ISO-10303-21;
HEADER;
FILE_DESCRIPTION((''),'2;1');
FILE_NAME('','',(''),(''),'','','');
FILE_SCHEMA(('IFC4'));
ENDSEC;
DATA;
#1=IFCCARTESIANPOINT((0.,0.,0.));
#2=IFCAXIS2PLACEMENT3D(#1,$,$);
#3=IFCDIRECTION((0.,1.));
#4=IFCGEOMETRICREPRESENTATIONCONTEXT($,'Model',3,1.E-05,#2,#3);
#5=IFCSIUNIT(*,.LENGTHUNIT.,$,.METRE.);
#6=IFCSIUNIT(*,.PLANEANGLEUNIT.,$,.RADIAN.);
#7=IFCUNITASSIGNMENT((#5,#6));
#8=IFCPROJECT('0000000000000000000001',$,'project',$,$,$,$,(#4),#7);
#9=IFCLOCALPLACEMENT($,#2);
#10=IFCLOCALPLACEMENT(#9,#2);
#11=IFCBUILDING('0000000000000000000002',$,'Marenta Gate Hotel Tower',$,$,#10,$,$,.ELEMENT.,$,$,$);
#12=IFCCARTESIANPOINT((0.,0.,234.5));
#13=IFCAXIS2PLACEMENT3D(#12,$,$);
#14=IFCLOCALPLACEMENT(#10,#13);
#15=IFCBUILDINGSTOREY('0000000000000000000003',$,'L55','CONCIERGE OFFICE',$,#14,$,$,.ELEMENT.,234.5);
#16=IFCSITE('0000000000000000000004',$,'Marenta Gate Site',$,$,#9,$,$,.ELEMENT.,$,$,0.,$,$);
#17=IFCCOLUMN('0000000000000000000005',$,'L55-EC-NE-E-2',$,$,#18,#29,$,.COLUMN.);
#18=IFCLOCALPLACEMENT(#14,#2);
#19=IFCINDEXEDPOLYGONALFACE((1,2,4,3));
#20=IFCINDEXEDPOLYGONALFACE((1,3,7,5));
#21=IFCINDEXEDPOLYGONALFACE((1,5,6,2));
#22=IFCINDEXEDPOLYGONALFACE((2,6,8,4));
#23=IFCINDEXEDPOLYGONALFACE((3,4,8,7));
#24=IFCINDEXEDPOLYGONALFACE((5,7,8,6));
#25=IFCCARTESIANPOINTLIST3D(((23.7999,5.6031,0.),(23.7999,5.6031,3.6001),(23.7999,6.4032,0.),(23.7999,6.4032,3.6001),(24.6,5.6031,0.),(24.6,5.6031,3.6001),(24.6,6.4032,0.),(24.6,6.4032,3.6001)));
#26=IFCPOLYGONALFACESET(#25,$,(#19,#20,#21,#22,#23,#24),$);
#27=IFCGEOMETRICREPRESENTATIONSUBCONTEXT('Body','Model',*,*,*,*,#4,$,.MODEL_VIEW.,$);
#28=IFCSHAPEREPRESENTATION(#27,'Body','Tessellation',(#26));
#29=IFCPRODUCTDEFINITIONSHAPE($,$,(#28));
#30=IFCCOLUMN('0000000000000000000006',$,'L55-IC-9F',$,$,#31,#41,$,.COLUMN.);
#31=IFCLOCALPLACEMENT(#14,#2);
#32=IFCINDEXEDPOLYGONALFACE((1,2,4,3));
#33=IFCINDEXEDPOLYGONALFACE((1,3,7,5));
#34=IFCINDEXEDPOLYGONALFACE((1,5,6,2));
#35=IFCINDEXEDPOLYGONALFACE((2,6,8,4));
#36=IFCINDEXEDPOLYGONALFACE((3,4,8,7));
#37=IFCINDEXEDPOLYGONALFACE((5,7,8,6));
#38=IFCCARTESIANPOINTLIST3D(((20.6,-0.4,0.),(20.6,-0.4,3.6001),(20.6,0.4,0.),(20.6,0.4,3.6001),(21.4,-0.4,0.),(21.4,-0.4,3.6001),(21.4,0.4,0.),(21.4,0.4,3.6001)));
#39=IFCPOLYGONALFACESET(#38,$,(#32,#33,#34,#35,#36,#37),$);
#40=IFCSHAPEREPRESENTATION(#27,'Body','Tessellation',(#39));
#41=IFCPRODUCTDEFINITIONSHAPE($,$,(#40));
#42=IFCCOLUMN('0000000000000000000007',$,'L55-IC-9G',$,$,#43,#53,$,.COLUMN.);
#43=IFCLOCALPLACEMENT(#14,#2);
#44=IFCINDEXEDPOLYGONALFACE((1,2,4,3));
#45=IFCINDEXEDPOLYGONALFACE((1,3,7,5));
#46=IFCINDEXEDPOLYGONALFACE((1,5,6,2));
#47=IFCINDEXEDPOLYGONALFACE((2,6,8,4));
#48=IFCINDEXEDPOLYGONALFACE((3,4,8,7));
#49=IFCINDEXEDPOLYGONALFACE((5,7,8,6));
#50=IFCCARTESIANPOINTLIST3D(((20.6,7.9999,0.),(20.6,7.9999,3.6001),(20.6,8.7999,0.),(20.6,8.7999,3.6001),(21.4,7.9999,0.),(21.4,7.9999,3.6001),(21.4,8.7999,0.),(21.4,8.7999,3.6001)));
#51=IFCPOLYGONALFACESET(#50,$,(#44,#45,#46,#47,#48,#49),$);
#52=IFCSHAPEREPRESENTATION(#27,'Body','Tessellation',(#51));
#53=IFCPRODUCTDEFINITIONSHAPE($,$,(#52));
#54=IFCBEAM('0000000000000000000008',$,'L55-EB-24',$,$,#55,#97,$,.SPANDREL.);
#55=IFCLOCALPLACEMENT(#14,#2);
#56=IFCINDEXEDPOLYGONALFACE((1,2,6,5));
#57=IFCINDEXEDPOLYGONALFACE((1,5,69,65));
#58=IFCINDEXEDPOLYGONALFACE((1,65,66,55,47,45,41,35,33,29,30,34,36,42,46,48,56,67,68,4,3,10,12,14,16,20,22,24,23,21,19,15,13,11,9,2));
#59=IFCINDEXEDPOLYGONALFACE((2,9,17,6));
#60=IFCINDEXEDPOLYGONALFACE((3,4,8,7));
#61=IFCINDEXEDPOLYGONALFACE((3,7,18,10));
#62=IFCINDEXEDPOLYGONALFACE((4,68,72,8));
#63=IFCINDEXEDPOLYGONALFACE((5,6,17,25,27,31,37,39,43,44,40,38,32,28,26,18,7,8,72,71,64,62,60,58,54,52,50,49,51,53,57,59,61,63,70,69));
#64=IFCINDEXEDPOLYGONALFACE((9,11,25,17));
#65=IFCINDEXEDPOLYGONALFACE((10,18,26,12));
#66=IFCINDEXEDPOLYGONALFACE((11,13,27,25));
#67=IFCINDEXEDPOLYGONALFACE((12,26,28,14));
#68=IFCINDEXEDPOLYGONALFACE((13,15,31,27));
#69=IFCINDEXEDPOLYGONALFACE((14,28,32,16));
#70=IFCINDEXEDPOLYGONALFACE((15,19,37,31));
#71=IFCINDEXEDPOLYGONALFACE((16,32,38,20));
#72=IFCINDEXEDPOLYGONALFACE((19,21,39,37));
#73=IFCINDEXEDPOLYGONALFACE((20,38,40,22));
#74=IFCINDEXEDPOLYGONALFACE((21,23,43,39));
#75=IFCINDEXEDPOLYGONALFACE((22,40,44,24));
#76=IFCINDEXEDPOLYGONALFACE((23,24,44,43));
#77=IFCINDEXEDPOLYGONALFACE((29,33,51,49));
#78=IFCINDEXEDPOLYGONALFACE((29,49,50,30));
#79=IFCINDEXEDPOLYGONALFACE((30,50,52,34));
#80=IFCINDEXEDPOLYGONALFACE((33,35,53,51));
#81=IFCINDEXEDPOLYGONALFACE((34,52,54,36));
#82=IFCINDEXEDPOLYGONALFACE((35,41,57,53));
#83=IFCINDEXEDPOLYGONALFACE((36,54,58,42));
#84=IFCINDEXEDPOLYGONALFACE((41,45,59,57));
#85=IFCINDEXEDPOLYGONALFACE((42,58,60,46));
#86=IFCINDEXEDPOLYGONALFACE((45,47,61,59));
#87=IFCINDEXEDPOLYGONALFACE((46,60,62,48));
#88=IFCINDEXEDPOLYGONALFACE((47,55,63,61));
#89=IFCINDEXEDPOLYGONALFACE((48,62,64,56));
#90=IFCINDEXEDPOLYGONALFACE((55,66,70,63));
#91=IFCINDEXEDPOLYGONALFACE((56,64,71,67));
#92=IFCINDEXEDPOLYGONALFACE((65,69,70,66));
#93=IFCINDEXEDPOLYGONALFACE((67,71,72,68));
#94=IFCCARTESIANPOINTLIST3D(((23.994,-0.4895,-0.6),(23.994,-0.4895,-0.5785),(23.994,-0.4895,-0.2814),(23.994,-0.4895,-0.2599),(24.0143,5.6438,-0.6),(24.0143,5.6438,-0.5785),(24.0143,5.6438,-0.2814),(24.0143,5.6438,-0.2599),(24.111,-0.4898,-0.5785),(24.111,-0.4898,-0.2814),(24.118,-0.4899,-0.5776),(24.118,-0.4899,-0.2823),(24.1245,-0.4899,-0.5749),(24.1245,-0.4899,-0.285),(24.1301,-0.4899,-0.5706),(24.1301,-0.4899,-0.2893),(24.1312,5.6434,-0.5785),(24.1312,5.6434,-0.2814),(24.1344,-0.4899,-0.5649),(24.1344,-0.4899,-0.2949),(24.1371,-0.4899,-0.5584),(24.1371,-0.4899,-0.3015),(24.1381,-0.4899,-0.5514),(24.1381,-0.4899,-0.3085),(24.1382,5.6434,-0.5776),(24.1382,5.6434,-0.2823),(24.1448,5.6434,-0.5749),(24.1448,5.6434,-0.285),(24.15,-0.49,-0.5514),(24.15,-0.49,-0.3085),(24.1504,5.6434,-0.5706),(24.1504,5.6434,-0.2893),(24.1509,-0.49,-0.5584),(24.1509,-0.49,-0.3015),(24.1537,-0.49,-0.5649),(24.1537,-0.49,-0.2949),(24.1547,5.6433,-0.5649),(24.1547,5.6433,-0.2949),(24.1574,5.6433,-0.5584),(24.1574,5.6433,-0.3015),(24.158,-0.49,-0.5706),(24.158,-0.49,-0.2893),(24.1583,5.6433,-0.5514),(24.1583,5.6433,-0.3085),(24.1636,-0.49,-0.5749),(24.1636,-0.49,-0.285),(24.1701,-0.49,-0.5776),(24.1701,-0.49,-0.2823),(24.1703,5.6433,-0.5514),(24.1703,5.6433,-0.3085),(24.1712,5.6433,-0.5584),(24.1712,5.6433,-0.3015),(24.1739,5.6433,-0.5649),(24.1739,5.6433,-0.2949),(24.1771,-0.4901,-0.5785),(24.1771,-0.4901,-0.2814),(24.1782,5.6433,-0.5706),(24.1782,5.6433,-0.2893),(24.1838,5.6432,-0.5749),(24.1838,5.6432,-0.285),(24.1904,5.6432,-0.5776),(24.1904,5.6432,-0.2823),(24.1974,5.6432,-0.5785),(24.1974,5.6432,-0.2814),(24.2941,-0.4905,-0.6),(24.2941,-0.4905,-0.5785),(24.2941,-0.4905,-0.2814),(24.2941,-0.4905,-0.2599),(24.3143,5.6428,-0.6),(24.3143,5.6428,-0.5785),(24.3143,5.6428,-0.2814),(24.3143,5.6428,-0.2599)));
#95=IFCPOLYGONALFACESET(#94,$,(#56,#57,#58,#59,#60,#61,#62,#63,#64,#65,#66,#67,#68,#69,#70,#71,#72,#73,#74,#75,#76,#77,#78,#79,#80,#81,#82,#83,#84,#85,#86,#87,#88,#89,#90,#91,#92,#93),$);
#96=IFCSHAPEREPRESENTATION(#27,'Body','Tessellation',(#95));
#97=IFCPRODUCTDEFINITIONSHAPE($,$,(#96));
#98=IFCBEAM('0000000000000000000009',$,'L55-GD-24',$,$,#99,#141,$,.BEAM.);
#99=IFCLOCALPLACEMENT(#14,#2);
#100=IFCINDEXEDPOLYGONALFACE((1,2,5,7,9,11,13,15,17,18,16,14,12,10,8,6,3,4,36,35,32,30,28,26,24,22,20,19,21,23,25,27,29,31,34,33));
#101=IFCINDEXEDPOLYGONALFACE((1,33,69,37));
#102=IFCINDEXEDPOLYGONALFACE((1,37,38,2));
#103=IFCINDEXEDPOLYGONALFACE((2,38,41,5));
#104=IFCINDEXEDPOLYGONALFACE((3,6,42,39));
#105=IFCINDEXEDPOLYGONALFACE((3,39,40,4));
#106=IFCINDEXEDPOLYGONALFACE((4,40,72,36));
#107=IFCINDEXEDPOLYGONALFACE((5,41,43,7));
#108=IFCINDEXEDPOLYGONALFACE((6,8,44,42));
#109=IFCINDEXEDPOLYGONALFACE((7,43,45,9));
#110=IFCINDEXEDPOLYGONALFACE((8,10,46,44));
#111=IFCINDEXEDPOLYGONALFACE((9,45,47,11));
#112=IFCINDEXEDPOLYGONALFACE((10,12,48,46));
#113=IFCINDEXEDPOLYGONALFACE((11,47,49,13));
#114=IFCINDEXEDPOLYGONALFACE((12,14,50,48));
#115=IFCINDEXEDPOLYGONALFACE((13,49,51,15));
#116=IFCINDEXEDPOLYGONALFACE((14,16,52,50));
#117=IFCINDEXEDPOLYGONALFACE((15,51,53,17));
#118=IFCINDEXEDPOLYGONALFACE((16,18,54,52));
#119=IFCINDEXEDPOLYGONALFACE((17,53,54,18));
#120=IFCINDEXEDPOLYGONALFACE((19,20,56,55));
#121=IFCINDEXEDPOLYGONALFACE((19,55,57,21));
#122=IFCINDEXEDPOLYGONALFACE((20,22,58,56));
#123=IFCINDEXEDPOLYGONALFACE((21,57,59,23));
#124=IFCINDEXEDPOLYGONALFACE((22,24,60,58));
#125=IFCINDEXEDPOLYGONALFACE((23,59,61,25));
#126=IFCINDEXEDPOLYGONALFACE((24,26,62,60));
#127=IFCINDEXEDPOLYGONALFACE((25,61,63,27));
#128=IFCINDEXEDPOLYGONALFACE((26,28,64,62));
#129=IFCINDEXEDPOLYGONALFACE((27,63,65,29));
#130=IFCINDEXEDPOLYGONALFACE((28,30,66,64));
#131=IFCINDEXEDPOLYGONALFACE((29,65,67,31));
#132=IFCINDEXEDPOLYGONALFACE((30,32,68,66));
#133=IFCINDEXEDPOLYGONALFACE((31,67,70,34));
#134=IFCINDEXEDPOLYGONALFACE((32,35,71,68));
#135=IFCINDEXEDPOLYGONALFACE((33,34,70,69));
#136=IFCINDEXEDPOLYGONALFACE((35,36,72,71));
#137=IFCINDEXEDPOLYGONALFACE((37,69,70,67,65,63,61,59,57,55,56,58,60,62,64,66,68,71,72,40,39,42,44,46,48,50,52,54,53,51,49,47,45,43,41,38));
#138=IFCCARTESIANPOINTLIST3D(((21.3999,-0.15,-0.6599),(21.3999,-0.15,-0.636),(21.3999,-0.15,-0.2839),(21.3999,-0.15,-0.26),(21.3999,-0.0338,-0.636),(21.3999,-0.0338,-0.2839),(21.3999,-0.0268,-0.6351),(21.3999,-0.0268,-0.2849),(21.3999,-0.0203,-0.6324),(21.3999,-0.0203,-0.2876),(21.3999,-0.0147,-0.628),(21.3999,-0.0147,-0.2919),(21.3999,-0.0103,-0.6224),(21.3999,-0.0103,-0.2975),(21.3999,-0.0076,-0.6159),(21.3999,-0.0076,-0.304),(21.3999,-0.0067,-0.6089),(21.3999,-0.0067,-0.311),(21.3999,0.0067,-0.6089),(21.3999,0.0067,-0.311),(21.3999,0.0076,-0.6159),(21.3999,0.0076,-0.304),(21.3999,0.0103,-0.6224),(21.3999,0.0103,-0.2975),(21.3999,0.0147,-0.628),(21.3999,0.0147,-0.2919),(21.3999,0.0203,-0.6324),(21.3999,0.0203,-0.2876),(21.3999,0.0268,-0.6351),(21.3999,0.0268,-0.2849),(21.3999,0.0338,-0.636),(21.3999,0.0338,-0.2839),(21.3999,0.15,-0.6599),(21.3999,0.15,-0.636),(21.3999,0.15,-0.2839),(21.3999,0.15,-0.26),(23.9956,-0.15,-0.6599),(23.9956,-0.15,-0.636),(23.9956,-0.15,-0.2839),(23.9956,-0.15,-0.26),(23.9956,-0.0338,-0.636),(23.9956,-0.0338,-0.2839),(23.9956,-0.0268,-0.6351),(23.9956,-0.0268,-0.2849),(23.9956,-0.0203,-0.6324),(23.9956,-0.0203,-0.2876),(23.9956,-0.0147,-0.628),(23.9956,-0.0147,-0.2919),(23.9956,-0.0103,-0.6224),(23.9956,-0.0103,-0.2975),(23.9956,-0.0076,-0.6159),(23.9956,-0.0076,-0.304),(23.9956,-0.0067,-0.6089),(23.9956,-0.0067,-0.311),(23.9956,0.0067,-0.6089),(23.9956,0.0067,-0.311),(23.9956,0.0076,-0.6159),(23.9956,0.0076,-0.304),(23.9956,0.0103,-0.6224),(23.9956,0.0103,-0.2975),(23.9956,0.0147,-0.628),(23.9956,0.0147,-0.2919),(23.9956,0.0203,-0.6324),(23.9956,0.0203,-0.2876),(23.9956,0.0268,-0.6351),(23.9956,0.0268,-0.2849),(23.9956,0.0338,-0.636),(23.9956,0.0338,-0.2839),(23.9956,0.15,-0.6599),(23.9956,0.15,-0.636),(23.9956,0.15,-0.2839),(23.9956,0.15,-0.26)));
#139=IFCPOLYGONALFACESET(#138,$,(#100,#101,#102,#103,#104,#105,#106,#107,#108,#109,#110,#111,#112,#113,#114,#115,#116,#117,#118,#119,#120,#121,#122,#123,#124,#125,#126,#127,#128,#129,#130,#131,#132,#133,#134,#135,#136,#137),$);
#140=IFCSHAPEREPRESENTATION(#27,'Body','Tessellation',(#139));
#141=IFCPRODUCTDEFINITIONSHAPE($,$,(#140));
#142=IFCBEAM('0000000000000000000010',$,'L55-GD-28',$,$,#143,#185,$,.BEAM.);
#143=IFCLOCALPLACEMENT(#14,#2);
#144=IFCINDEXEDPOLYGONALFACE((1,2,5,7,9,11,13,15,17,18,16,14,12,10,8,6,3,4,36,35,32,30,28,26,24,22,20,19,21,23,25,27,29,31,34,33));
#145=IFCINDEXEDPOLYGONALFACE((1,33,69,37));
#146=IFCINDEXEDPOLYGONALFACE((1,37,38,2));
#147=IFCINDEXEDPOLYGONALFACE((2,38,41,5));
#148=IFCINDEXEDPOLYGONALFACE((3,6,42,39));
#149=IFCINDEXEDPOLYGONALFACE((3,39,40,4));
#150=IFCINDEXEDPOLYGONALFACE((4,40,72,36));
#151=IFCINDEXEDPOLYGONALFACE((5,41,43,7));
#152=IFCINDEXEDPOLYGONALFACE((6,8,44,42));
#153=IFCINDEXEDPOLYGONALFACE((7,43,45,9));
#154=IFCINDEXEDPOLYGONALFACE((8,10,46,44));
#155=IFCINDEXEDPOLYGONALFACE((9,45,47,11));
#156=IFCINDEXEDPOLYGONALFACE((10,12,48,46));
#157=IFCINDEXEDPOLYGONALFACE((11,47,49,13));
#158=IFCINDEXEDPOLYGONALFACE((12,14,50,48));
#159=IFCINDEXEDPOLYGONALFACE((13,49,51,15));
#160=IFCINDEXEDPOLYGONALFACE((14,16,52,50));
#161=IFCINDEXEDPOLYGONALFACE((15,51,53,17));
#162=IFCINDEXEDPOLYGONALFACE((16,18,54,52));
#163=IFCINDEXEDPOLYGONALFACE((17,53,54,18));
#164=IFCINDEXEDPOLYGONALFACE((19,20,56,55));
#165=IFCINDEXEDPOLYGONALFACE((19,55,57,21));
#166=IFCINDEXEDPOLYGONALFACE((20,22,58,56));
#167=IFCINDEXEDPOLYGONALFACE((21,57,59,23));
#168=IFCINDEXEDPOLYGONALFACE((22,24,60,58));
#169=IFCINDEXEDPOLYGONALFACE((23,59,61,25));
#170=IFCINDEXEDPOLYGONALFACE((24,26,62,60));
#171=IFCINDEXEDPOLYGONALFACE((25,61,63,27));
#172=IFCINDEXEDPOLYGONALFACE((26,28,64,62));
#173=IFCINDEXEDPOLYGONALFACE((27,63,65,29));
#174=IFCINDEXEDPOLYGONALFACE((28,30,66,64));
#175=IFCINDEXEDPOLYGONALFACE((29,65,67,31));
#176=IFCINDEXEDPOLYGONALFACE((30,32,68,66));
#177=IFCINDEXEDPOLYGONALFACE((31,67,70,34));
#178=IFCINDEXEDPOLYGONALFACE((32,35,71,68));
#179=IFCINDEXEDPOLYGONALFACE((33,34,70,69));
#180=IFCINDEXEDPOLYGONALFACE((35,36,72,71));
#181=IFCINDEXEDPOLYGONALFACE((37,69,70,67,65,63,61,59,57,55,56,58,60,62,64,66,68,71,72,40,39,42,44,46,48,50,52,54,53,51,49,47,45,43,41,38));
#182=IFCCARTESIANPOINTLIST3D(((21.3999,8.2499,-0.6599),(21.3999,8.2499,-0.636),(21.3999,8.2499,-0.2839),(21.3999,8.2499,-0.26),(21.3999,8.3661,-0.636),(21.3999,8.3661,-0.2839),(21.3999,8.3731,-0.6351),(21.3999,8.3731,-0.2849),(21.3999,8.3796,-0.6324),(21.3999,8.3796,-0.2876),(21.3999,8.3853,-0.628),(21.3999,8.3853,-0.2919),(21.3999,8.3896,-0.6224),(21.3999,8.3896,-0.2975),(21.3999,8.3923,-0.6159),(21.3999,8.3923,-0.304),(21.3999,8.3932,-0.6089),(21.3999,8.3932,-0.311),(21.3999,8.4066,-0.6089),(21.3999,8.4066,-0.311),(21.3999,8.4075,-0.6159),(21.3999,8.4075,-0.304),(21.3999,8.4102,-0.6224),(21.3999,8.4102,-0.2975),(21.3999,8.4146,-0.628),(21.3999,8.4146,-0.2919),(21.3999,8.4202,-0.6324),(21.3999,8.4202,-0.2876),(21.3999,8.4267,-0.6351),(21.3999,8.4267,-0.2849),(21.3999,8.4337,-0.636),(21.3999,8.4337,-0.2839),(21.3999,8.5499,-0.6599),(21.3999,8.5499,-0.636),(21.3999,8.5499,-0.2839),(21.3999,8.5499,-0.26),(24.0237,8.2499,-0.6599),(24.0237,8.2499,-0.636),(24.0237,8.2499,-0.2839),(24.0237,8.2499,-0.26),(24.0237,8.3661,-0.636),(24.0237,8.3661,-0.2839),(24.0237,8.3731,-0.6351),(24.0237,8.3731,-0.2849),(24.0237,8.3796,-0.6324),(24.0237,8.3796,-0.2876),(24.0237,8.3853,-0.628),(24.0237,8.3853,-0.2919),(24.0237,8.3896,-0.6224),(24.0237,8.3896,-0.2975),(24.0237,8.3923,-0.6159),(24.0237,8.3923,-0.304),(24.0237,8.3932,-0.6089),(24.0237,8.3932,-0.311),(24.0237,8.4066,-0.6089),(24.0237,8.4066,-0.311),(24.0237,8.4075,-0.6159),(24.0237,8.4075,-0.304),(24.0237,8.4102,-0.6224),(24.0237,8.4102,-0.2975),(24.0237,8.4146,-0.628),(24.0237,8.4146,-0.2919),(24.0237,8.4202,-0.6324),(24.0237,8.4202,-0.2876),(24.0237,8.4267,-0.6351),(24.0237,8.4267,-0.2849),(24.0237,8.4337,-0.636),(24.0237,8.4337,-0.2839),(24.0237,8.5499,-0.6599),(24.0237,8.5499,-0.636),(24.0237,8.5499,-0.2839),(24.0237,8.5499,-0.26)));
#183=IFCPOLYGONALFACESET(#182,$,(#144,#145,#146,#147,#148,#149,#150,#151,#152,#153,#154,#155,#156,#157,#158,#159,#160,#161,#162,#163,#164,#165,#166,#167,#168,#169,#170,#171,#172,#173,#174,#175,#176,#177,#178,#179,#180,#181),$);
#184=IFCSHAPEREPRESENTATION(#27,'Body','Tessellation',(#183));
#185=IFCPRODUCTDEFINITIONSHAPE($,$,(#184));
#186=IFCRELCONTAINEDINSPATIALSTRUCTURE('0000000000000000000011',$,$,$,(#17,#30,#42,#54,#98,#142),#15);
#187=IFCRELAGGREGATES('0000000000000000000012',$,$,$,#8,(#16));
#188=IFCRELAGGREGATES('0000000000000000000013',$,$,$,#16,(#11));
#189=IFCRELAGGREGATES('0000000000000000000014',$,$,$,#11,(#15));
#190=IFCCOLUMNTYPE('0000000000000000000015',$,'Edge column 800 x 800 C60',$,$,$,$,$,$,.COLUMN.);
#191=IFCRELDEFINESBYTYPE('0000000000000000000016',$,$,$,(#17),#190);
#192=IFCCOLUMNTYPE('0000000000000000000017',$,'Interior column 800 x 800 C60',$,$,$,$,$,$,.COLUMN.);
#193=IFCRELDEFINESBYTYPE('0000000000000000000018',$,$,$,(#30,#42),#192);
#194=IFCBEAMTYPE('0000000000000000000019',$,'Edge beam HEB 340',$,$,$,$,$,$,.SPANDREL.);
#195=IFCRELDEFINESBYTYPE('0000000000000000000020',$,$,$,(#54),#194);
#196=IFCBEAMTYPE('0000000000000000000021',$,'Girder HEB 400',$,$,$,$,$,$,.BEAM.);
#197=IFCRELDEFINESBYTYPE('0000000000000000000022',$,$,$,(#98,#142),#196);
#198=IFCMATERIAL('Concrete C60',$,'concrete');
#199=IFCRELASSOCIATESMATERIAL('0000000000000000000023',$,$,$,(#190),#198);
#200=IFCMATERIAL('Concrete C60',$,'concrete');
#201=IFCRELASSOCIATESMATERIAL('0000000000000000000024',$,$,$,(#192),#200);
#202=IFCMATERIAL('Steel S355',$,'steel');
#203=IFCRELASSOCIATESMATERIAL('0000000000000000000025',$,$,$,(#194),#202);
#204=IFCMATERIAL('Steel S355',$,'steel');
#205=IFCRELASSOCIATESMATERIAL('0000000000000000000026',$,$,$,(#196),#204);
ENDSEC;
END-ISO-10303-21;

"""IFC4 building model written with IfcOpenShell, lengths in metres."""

from ifc_helpers import new_model, si_unit, direction, frame, origin, origin_2d, place, context, subcontext, project, spatial, rectangle, i_section, extrude, material, material_profile, profile_set, type_object, element, save


model = new_model("IFC4")

# Units and contexts
model_context = context("Model", 3, precision=1e-05, world=origin(), true_north=direction((0.0, 1.0)))
body_context = subcontext(model_context, "Body", "Model", "MODEL_VIEW")
ifc_project = project(units=[si_unit("LENGTHUNIT", "METRE"), si_unit("PLANEANGLEUNIT", "RADIAN")], contexts=[model_context])

# Site, building, storey
site_placement = place(None, origin())
site = spatial("IfcSite", under=ifc_project, at=site_placement, Name="Marenta Gate Site", CompositionType="ELEMENT", RefElevation=0.0)
building_placement = place(site_placement, origin())
building = spatial("IfcBuilding", under=site, at=building_placement, Name="Marenta Gate Hotel Tower", CompositionType="ELEMENT")
storey_placement = place(building_placement, frame((0.0, 0.0, 234.5)))
storey = spatial("IfcBuildingStorey", under=building, at=storey_placement, Name="L55", Description="CONCIERGE OFFICE", CompositionType="ELEMENT", Elevation=234.5)

# Columns
ifc_material_1 = material(Name="Concrete C60", Category="concrete")
ifc_material_profile_1 = material_profile(ifc_material_1, rectangle(XDim=0.8, YDim=0.8, at=origin_2d()), Name="800 x 800")
ifc_profile_set_1 = profile_set([ifc_material_profile_1], Name="Concrete C60")
column_type_1 = type_object("IfcColumnType", Name="Edge column 800 x 800 C60", PredefinedType="COLUMN", material=ifc_profile_set_1)
column_placement = place(storey_placement, frame((24.2, 6.0032, 0.0), z_axis=(0.0, 0.0, 1.0), x_axis=(1.0, 0.0, 0.0)))
element("IfcColumn", 1, at=column_placement, inside=storey, type_object=column_type_1, Name="L55-EC-NE-E-2", PredefinedType="COLUMN", context=body_context, shape_type="SweptSolid", body=[
    extrude(rectangle(XDim=0.8, YDim=0.8, at=origin_2d()), origin(), (0.0, 0.0, 1.0), 3.6001),
])
ifc_material_2 = material(Name="Concrete C60", Category="concrete")
ifc_material_profile_2 = material_profile(ifc_material_2, rectangle(XDim=0.8, YDim=0.8, at=origin_2d()), Name="800 x 800")
ifc_profile_set_2 = profile_set([ifc_material_profile_2], Name="Concrete C60")
column_type_2 = type_object("IfcColumnType", Name="Interior column 800 x 800 C60", PredefinedType="COLUMN", material=ifc_profile_set_2)
for number, where, z_axis, x_axis, name in (
    (2, (21.0, 0.0, 0.0), (0.0, 0.0, 1.0), (1.0, 0.0, 0.0), "L55-IC-9F"),
    (3, (21.0, 8.3999, 0.0), (0.0, 0.0, 1.0), (1.0, 0.0, 0.0), "L55-IC-9G"),
):
    element("IfcColumn", number, at=place(storey_placement, frame(where, z_axis=z_axis, x_axis=x_axis)), inside=storey, type_object=column_type_2, Name=name, PredefinedType="COLUMN", context=body_context, shape_type="SweptSolid", body=[
        extrude(rectangle(XDim=0.8, YDim=0.8, at=origin_2d()), origin(), (0.0, 0.0, 1.0), 3.6001),
    ])

# Beams
ifc_material_3 = material(Name="Steel S355", Category="steel")
ifc_material_profile_3 = material_profile(ifc_material_3, i_section(OverallWidth=0.3, OverallDepth=0.3401, WebThickness=0.012, FlangeThickness=0.0215, FilletRadius=0.0271, at=origin_2d()), Name="HEB 340")
ifc_profile_set_3 = profile_set([ifc_material_profile_3], Name="Steel S355")
beam_type_1 = type_object("IfcBeamType", Name="Edge beam HEB 340", PredefinedType="SPANDREL", material=ifc_profile_set_3)
beam_1_placement = place(storey_placement, frame((24.1643, 5.6433, -0.4299), z_axis=(-0.003304, -0.999995, 0.0), x_axis=(0.999995, -0.003304, 0.0)))
element("IfcBeam", 4, at=beam_1_placement, inside=storey, type_object=beam_type_1, Name="L55-EB-24", PredefinedType="SPANDREL", context=body_context, shape_type="SweptSolid", body=[
    extrude(i_section(OverallWidth=0.3, OverallDepth=0.3401, WebThickness=0.012, FlangeThickness=0.0215, FilletRadius=0.0271, at=origin_2d()), origin(), (0.0, 0.0, 1.0), 6.1333),
])
ifc_material_4 = material(Name="Steel S355", Category="steel")
ifc_material_profile_4 = material_profile(ifc_material_4, i_section(OverallWidth=0.3, OverallDepth=0.3999, WebThickness=0.0134, FlangeThickness=0.0239, FilletRadius=0.0271, at=origin_2d()), Name="HEB 400")
ifc_profile_set_4 = profile_set([ifc_material_profile_4], Name="Steel S355")
beam_type_2 = type_object("IfcBeamType", Name="Girder HEB 400", PredefinedType="BEAM", material=ifc_profile_set_4)
beam_2_placement = place(storey_placement, frame((21.3999, 0.0, -0.46), z_axis=(1.0, 0.0, 0.0), x_axis=(0.0, 1.0, 0.0)))
element("IfcBeam", 5, at=beam_2_placement, inside=storey, type_object=beam_type_2, Name="L55-GD-24", PredefinedType="BEAM", context=body_context, shape_type="SweptSolid", body=[
    extrude(i_section(OverallWidth=0.3, OverallDepth=0.3999, WebThickness=0.0134, FlangeThickness=0.0239, FilletRadius=0.0271, at=origin_2d()), origin(), (0.0, 0.0, 1.0), 2.5957),
])
beam_3_placement = place(storey_placement, frame((21.3999, 8.3999, -0.46), z_axis=(1.0, 0.0, 0.0), x_axis=(0.0, 1.0, 0.0)))
element("IfcBeam", 6, at=beam_3_placement, inside=storey, type_object=beam_type_2, Name="L55-GD-28", PredefinedType="BEAM", context=body_context, shape_type="SweptSolid", body=[
    extrude(i_section(OverallWidth=0.3, OverallDepth=0.3999, WebThickness=0.0134, FlangeThickness=0.0239, FilletRadius=0.0271, at=origin_2d()), origin(), (0.0, 0.0, 1.0), 2.6238),
])

save(model, "model.ifc")
